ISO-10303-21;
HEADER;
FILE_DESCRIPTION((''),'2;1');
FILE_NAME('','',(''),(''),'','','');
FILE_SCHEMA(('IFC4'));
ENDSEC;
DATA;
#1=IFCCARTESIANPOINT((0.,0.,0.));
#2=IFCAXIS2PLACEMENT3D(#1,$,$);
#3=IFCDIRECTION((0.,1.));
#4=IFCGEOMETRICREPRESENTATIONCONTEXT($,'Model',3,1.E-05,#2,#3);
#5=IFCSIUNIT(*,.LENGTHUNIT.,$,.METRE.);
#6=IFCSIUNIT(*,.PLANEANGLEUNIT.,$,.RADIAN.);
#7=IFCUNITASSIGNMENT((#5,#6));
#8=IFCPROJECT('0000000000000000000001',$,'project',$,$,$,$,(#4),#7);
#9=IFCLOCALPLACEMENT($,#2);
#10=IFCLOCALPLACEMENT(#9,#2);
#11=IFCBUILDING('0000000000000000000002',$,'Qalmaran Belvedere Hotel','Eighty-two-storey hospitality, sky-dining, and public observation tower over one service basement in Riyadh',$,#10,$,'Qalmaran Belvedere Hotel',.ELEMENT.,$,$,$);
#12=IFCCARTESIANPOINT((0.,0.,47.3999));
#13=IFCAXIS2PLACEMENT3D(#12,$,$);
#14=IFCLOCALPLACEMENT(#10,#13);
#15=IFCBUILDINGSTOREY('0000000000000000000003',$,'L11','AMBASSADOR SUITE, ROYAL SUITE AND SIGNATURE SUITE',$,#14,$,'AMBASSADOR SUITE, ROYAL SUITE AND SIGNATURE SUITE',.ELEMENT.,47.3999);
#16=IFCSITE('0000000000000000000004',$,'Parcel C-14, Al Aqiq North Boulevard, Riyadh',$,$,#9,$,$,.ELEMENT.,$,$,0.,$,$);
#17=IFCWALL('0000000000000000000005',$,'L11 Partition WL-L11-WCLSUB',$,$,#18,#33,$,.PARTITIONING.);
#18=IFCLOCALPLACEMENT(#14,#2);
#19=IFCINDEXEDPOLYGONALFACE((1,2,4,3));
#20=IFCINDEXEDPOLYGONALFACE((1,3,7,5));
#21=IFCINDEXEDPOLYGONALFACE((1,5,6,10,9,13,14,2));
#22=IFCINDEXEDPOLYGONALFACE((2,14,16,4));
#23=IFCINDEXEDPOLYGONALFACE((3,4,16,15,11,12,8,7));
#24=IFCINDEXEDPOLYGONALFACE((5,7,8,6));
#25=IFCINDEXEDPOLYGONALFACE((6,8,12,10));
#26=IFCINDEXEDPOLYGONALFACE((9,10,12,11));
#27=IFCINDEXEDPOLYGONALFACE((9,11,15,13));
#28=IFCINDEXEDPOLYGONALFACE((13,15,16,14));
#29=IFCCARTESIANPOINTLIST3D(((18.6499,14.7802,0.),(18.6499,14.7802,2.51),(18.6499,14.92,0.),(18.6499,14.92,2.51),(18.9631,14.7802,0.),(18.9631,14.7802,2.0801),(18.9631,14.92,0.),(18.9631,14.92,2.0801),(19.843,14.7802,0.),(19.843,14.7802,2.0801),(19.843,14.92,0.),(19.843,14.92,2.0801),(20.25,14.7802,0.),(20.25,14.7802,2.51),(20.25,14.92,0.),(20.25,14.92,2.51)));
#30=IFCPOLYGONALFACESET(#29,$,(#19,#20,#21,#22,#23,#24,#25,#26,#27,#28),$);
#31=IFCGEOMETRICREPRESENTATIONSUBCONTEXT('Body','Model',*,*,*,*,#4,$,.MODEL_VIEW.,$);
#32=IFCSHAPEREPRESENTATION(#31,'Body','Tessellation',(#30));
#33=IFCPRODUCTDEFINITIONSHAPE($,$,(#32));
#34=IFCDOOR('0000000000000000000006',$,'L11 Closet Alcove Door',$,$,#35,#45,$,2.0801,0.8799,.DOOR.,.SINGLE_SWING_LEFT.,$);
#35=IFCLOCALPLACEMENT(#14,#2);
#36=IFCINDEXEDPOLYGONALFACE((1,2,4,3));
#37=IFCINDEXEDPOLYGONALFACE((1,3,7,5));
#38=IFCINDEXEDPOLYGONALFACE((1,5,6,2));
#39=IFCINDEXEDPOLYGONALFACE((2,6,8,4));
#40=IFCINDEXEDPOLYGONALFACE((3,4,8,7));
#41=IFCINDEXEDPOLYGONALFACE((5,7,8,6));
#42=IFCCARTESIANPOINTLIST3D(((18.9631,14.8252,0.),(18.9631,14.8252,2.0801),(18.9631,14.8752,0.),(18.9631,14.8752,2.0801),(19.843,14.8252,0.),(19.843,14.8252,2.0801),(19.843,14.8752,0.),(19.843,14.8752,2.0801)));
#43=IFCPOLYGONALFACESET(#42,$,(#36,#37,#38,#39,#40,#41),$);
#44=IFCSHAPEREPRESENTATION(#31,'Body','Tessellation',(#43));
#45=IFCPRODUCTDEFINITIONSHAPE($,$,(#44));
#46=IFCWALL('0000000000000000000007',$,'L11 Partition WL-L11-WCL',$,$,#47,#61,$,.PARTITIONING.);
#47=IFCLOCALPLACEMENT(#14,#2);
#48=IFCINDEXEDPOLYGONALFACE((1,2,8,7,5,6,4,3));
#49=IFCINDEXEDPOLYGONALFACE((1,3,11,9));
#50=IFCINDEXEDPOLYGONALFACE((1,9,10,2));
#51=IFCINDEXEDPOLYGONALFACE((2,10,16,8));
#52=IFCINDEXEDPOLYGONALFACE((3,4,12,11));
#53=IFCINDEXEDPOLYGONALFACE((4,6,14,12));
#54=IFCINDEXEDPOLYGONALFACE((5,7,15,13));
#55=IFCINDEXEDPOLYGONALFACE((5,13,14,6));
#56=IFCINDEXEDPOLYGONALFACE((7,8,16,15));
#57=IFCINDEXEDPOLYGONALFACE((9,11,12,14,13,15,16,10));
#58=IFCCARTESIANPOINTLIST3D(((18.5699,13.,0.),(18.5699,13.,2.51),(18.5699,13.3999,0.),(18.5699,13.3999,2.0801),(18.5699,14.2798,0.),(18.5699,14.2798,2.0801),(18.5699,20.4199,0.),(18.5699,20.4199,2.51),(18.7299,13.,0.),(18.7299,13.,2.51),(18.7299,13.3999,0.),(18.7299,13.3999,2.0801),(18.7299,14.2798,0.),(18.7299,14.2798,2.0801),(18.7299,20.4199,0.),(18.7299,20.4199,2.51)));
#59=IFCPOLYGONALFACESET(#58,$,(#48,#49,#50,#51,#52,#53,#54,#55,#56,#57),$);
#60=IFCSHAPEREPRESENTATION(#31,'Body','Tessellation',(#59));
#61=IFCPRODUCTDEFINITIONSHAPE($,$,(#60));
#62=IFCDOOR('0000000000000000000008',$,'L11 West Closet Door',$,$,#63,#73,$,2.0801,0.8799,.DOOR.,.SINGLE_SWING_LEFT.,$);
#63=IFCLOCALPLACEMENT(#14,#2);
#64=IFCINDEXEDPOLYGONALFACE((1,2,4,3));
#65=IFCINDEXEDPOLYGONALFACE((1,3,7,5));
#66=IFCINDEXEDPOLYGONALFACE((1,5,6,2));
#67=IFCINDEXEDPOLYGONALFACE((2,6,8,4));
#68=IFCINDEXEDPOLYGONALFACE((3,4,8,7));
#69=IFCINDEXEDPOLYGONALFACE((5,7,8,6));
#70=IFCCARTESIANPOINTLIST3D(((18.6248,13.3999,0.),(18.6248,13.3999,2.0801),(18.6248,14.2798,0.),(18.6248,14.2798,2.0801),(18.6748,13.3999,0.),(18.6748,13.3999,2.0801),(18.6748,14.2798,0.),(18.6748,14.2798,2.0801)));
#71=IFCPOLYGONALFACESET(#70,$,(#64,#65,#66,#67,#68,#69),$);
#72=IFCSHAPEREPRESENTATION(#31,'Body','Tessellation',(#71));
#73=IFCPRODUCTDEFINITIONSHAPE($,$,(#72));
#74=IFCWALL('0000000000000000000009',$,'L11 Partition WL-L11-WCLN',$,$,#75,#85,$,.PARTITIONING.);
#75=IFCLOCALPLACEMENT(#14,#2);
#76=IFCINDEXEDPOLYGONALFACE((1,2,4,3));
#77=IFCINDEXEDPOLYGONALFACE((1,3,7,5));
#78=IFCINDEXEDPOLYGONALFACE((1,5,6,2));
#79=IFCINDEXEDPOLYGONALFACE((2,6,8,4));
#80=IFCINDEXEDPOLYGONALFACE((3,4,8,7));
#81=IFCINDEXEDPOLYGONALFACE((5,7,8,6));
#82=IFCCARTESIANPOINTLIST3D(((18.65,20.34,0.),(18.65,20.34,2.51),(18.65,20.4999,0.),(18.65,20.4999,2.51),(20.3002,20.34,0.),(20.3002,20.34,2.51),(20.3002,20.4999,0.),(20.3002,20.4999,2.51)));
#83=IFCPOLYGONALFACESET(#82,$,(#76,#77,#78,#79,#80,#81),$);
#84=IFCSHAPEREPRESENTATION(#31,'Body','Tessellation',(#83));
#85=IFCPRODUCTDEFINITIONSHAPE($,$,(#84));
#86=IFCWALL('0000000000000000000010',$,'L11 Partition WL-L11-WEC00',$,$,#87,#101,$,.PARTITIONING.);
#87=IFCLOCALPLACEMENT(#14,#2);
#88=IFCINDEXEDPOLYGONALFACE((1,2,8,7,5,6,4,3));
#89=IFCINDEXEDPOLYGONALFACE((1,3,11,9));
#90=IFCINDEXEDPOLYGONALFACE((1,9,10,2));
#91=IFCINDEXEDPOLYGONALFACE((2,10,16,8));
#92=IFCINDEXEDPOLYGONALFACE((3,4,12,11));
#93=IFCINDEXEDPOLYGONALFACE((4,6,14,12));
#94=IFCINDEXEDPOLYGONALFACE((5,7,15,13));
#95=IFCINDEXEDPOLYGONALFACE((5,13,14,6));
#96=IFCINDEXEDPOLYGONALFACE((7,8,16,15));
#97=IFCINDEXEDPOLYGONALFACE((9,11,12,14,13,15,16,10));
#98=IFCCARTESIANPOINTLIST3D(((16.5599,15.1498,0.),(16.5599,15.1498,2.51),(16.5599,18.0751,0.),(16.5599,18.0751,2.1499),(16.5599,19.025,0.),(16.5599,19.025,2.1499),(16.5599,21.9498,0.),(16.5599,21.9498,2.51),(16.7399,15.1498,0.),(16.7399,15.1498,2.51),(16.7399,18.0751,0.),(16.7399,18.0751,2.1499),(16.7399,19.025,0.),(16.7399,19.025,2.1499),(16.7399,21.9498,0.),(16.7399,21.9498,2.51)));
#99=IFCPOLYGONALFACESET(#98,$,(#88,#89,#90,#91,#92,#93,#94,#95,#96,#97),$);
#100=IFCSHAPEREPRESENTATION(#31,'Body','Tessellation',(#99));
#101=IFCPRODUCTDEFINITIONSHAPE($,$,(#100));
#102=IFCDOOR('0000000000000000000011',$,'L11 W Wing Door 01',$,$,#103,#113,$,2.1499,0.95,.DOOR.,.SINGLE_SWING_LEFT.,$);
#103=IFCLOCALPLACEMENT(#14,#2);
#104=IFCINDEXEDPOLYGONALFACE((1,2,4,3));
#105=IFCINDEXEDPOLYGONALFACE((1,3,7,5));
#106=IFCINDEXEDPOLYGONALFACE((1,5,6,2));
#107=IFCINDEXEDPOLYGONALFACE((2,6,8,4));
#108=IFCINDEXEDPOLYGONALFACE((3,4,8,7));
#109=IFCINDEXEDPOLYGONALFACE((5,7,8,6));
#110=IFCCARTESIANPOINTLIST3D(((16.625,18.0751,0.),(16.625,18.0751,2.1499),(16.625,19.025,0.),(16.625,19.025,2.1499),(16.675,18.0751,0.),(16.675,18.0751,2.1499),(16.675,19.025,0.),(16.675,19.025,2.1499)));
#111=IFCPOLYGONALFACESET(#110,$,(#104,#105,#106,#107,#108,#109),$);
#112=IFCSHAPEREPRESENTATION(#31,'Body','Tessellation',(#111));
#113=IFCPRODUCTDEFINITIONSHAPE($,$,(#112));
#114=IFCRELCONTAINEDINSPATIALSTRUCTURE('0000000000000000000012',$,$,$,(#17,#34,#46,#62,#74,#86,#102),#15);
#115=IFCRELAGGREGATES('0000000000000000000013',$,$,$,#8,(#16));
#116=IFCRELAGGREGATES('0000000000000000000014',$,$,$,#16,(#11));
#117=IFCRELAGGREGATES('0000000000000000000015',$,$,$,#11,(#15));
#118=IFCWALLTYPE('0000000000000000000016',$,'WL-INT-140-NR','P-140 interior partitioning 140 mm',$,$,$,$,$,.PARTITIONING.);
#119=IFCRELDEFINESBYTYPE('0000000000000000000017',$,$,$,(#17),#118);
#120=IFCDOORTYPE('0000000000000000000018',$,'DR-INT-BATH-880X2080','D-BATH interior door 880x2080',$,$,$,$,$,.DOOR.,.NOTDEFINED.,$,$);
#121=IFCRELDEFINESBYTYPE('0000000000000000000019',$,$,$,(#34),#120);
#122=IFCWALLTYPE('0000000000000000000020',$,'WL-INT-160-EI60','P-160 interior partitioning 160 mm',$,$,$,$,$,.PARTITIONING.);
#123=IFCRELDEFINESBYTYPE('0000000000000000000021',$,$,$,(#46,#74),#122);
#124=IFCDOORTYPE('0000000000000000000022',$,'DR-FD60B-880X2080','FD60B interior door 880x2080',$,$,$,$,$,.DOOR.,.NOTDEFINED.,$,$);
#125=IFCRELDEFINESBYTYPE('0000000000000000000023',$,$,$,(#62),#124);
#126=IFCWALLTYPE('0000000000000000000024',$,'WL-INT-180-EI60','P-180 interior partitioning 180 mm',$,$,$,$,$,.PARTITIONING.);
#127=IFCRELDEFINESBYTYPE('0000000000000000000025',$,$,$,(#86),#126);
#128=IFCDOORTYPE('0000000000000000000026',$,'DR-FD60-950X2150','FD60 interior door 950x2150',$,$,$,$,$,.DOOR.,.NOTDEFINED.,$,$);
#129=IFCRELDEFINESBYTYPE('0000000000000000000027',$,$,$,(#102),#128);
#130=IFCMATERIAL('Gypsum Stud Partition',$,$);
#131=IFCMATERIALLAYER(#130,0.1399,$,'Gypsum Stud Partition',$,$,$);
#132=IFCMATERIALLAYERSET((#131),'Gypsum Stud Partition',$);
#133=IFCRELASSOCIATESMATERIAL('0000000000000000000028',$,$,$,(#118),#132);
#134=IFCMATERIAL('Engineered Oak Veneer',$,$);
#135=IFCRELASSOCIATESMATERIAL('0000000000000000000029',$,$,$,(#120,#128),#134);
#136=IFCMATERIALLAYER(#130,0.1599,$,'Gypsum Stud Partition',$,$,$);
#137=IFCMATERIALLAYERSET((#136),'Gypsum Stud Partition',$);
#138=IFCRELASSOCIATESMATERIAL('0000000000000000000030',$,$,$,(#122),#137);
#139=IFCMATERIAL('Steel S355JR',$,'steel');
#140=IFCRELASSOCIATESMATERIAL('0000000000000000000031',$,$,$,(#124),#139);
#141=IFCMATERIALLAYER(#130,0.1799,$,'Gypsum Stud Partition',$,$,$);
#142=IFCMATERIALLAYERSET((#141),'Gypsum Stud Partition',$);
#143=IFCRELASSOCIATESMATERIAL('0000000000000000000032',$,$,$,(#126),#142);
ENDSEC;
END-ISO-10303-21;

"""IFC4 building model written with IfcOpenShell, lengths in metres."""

from ifc_helpers import new_model, si_unit, direction, frame, frame_2d, origin, place, context, subcontext, project, spatial, rectangle, extrude, material, layer, layer_set, type_object, element, fill, save


model = new_model("IFC4")

# Units and contexts
model_context = context("Model", 3, precision=1e-05, world=origin(), true_north=direction((0.0, 1.0)))
body_context = subcontext(model_context, "Body", "Model", "MODEL_VIEW")
ifc_project = project(units=[si_unit("LENGTHUNIT", "METRE"), si_unit("PLANEANGLEUNIT", "RADIAN")], contexts=[model_context])

# Site, building, storey
site_placement = place(None, origin())
site = spatial("IfcSite", under=ifc_project, at=site_placement, Name="Parcel C-14, Al Aqiq North Boulevard, Riyadh", CompositionType="ELEMENT", RefElevation=0.0)
building_placement = place(site_placement, origin())
building = spatial("IfcBuilding", under=site, at=building_placement, Name="Qalmaran Belvedere Hotel", Description="Eighty-two-storey hospitality, sky-dining, and public observation tower over one service basement in Riyadh", LongName="Qalmaran Belvedere Hotel", CompositionType="ELEMENT")
storey_placement = place(building_placement, frame((0.0, 0.0, 47.3999)))
storey = spatial("IfcBuildingStorey", under=building, at=storey_placement, Name="L11", Description="AMBASSADOR SUITE, ROYAL SUITE AND SIGNATURE SUITE", LongName="AMBASSADOR SUITE, ROYAL SUITE AND SIGNATURE SUITE", CompositionType="ELEMENT", Elevation=47.3999)

# Walls, openings, doors
ifc_material_1 = material(Name="Gypsum Stud Partition")
ifc_layer_1 = layer(ifc_material_1, 0.1399, Name="Gypsum Stud Partition")
ifc_layer_set_1 = layer_set([ifc_layer_1], Name="Gypsum Stud Partition")
wall_type_1 = type_object("IfcWallType", Name="WL-INT-140-NR", Description="P-140 interior partitioning 140 mm", PredefinedType="PARTITIONING", material=ifc_layer_set_1)
wall_1_placement = place(storey_placement, frame((18.6499, 14.8501, 0.0), z_axis=(0.0, 0.0, 1.0), x_axis=(1.0, 0.0, 0.0)))
wall_1 = element("IfcWall", 1, at=wall_1_placement, inside=storey, type_object=wall_type_1, Name="L11 Partition WL-L11-WCLSUB", PredefinedType="PARTITIONING", context=body_context, shape_type="SweptSolid", body=[
    extrude(rectangle(XDim=1.6001, YDim=0.1399, at=frame_2d((0.8, 0.0))), origin(), (0.0, 0.0, 1.0), 2.51),
])
opening_1_placement = place(wall_1_placement, frame((1.1931, 0.0, 0.0), z_axis=(0.0, 0.0, 1.0), x_axis=(-1.0, 0.0, 0.0)))
opening_1 = element("IfcOpeningElement", 2, at=opening_1_placement, cuts=wall_1, PredefinedType="OPENING", context=body_context, shape_type="SweptSolid", body=[
    extrude(rectangle(XDim=0.8799, YDim=2.0801, at=frame_2d((0.4399, 1.04))), frame((0.0, 0.0801, 0.0), z_axis=(0.0, -1.0, 0.0), x_axis=(1.0, 0.0, 0.0)), (0.0, 0.0, 1.0), 0.1599),
])
ifc_material_2 = material(Name="Engineered Oak Veneer")
door_type_1 = type_object("IfcDoorType", Name="DR-INT-BATH-880X2080", Description="D-BATH interior door 880x2080", OperationType="NOTDEFINED", PredefinedType="DOOR", material=ifc_material_2)
door_1_placement = place(opening_1_placement, origin())
door_1 = element("IfcDoor", 3, at=door_1_placement, inside=storey, type_object=door_type_1, Name="L11 Closet Alcove Door", OperationType="SINGLE_SWING_LEFT", OverallHeight=2.0801, OverallWidth=0.8799, PredefinedType="DOOR", context=body_context, shape_type="SweptSolid", body=[
    extrude(rectangle(XDim=0.8799, YDim=2.0801, at=frame_2d((0.4399, 1.04))), frame((0.0, 0.0249, 0.0), z_axis=(0.0, -1.0, 0.0), x_axis=(1.0, 0.0, 0.0)), (0.0, 0.0, 1.0), 0.05),
])
fill(opening_1, door_1)
ifc_layer_2 = layer(ifc_material_1, 0.1599, Name="Gypsum Stud Partition")
ifc_layer_set_2 = layer_set([ifc_layer_2], Name="Gypsum Stud Partition")
wall_type_2 = type_object("IfcWallType", Name="WL-INT-160-EI60", Description="P-160 interior partitioning 160 mm", PredefinedType="PARTITIONING", material=ifc_layer_set_2)
wall_2_placement = place(storey_placement, frame((18.6499, 13.0, 0.0), z_axis=(0.0, 0.0, 1.0), x_axis=(0.0, 1.0, 0.0)))
wall_2 = element("IfcWall", 4, at=wall_2_placement, inside=storey, type_object=wall_type_2, Name="L11 Partition WL-L11-WCL", PredefinedType="PARTITIONING", context=body_context, shape_type="SweptSolid", body=[
    extrude(rectangle(XDim=7.4199, YDim=0.1599, at=frame_2d((3.71, 0.0))), origin(), (0.0, 0.0, 1.0), 2.51),
])
opening_2_placement = place(wall_2_placement, frame((1.2798, 0.0, 0.0), z_axis=(0.0, 0.0, 1.0), x_axis=(-1.0, 0.0, 0.0)))
opening_2 = element("IfcOpeningElement", 5, at=opening_2_placement, cuts=wall_2, PredefinedType="OPENING", context=body_context, shape_type="SweptSolid", body=[
    extrude(rectangle(XDim=0.8799, YDim=2.0801, at=frame_2d((0.4399, 1.04))), frame((0.0, 0.0898, 0.0), z_axis=(0.0, -1.0, 0.0), x_axis=(1.0, 0.0, 0.0)), (0.0, 0.0, 1.0), 0.1799),
])
ifc_material_3 = material(Name="Steel S355JR", Category="steel")
door_type_2 = type_object("IfcDoorType", Name="DR-FD60B-880X2080", Description="FD60B interior door 880x2080", OperationType="NOTDEFINED", PredefinedType="DOOR", material=ifc_material_3)
door_2_placement = place(opening_2_placement, origin())
door_2 = element("IfcDoor", 6, at=door_2_placement, inside=storey, type_object=door_type_2, Name="L11 West Closet Door", OperationType="SINGLE_SWING_LEFT", OverallHeight=2.0801, OverallWidth=0.8799, PredefinedType="DOOR", context=body_context, shape_type="SweptSolid", body=[
    extrude(rectangle(XDim=0.8799, YDim=2.0801, at=frame_2d((0.4399, 1.04))), frame((0.0, 0.0249, 0.0), z_axis=(0.0, -1.0, 0.0), x_axis=(1.0, 0.0, 0.0)), (0.0, 0.0, 1.0), 0.05),
])
fill(opening_2, door_2)

# Wall
wall_3_placement = place(storey_placement, frame((18.6499, 20.4199, 0.0), z_axis=(0.0, 0.0, 1.0), x_axis=(1.0, 0.0, 0.0)))
element("IfcWall", 7, at=wall_3_placement, inside=storey, type_object=wall_type_2, Name="L11 Partition WL-L11-WCLN", PredefinedType="PARTITIONING", context=body_context, shape_type="SweptSolid", body=[
    extrude(rectangle(XDim=1.6501, YDim=0.1599, at=frame_2d((0.8252, 0.0))), origin(), (0.0, 0.0, 1.0), 2.51),
])

# Wall, opening, door
ifc_layer_3 = layer(ifc_material_1, 0.1799, Name="Gypsum Stud Partition")
ifc_layer_set_3 = layer_set([ifc_layer_3], Name="Gypsum Stud Partition")
wall_type_3 = type_object("IfcWallType", Name="WL-INT-180-EI60", Description="P-180 interior partitioning 180 mm", PredefinedType="PARTITIONING", material=ifc_layer_set_3)
wall_4_placement = place(storey_placement, frame((16.6499, 15.1499, 0.0), z_axis=(0.0, 0.0, 1.0), x_axis=(0.0, 1.0, 0.0)))
wall_4 = element("IfcWall", 8, at=wall_4_placement, inside=storey, type_object=wall_type_3, Name="L11 Partition WL-L11-WEC00", PredefinedType="PARTITIONING", context=body_context, shape_type="SweptSolid", body=[
    extrude(rectangle(XDim=6.8, YDim=0.1799, at=frame_2d((3.3999, 0.0))), origin(), (0.0, 0.0, 1.0), 2.51),
])
opening_3_placement = place(wall_4_placement, frame((2.925, 0.0, 0.0)))
opening_3 = element("IfcOpeningElement", 9, at=opening_3_placement, cuts=wall_4, PredefinedType="OPENING", context=body_context, shape_type="SweptSolid", body=[
    extrude(rectangle(XDim=0.95, YDim=2.1499, at=frame_2d((0.4751, 1.075))), frame((0.0, 0.1001, 0.0), z_axis=(0.0, -1.0, 0.0), x_axis=(1.0, 0.0, 0.0)), (0.0, 0.0, 1.0), 0.2),
])
door_type_3 = type_object("IfcDoorType", Name="DR-FD60-950X2150", Description="FD60 interior door 950x2150", OperationType="NOTDEFINED", PredefinedType="DOOR", material=ifc_material_2)
door_3_placement = place(opening_3_placement, origin())
door_3 = element("IfcDoor", 10, at=door_3_placement, inside=storey, type_object=door_type_3, Name="L11 W Wing Door 01", OperationType="SINGLE_SWING_LEFT", OverallHeight=2.1499, OverallWidth=0.95, PredefinedType="DOOR", context=body_context, shape_type="SweptSolid", body=[
    extrude(rectangle(XDim=0.95, YDim=2.1499, at=frame_2d((0.4751, 1.075))), frame((0.0, 0.0249, 0.0), z_axis=(0.0, -1.0, 0.0), x_axis=(1.0, 0.0, 0.0)), (0.0, 0.0, 1.0), 0.05),
])
fill(opening_3, door_3)

save(model, "model.ifc")
